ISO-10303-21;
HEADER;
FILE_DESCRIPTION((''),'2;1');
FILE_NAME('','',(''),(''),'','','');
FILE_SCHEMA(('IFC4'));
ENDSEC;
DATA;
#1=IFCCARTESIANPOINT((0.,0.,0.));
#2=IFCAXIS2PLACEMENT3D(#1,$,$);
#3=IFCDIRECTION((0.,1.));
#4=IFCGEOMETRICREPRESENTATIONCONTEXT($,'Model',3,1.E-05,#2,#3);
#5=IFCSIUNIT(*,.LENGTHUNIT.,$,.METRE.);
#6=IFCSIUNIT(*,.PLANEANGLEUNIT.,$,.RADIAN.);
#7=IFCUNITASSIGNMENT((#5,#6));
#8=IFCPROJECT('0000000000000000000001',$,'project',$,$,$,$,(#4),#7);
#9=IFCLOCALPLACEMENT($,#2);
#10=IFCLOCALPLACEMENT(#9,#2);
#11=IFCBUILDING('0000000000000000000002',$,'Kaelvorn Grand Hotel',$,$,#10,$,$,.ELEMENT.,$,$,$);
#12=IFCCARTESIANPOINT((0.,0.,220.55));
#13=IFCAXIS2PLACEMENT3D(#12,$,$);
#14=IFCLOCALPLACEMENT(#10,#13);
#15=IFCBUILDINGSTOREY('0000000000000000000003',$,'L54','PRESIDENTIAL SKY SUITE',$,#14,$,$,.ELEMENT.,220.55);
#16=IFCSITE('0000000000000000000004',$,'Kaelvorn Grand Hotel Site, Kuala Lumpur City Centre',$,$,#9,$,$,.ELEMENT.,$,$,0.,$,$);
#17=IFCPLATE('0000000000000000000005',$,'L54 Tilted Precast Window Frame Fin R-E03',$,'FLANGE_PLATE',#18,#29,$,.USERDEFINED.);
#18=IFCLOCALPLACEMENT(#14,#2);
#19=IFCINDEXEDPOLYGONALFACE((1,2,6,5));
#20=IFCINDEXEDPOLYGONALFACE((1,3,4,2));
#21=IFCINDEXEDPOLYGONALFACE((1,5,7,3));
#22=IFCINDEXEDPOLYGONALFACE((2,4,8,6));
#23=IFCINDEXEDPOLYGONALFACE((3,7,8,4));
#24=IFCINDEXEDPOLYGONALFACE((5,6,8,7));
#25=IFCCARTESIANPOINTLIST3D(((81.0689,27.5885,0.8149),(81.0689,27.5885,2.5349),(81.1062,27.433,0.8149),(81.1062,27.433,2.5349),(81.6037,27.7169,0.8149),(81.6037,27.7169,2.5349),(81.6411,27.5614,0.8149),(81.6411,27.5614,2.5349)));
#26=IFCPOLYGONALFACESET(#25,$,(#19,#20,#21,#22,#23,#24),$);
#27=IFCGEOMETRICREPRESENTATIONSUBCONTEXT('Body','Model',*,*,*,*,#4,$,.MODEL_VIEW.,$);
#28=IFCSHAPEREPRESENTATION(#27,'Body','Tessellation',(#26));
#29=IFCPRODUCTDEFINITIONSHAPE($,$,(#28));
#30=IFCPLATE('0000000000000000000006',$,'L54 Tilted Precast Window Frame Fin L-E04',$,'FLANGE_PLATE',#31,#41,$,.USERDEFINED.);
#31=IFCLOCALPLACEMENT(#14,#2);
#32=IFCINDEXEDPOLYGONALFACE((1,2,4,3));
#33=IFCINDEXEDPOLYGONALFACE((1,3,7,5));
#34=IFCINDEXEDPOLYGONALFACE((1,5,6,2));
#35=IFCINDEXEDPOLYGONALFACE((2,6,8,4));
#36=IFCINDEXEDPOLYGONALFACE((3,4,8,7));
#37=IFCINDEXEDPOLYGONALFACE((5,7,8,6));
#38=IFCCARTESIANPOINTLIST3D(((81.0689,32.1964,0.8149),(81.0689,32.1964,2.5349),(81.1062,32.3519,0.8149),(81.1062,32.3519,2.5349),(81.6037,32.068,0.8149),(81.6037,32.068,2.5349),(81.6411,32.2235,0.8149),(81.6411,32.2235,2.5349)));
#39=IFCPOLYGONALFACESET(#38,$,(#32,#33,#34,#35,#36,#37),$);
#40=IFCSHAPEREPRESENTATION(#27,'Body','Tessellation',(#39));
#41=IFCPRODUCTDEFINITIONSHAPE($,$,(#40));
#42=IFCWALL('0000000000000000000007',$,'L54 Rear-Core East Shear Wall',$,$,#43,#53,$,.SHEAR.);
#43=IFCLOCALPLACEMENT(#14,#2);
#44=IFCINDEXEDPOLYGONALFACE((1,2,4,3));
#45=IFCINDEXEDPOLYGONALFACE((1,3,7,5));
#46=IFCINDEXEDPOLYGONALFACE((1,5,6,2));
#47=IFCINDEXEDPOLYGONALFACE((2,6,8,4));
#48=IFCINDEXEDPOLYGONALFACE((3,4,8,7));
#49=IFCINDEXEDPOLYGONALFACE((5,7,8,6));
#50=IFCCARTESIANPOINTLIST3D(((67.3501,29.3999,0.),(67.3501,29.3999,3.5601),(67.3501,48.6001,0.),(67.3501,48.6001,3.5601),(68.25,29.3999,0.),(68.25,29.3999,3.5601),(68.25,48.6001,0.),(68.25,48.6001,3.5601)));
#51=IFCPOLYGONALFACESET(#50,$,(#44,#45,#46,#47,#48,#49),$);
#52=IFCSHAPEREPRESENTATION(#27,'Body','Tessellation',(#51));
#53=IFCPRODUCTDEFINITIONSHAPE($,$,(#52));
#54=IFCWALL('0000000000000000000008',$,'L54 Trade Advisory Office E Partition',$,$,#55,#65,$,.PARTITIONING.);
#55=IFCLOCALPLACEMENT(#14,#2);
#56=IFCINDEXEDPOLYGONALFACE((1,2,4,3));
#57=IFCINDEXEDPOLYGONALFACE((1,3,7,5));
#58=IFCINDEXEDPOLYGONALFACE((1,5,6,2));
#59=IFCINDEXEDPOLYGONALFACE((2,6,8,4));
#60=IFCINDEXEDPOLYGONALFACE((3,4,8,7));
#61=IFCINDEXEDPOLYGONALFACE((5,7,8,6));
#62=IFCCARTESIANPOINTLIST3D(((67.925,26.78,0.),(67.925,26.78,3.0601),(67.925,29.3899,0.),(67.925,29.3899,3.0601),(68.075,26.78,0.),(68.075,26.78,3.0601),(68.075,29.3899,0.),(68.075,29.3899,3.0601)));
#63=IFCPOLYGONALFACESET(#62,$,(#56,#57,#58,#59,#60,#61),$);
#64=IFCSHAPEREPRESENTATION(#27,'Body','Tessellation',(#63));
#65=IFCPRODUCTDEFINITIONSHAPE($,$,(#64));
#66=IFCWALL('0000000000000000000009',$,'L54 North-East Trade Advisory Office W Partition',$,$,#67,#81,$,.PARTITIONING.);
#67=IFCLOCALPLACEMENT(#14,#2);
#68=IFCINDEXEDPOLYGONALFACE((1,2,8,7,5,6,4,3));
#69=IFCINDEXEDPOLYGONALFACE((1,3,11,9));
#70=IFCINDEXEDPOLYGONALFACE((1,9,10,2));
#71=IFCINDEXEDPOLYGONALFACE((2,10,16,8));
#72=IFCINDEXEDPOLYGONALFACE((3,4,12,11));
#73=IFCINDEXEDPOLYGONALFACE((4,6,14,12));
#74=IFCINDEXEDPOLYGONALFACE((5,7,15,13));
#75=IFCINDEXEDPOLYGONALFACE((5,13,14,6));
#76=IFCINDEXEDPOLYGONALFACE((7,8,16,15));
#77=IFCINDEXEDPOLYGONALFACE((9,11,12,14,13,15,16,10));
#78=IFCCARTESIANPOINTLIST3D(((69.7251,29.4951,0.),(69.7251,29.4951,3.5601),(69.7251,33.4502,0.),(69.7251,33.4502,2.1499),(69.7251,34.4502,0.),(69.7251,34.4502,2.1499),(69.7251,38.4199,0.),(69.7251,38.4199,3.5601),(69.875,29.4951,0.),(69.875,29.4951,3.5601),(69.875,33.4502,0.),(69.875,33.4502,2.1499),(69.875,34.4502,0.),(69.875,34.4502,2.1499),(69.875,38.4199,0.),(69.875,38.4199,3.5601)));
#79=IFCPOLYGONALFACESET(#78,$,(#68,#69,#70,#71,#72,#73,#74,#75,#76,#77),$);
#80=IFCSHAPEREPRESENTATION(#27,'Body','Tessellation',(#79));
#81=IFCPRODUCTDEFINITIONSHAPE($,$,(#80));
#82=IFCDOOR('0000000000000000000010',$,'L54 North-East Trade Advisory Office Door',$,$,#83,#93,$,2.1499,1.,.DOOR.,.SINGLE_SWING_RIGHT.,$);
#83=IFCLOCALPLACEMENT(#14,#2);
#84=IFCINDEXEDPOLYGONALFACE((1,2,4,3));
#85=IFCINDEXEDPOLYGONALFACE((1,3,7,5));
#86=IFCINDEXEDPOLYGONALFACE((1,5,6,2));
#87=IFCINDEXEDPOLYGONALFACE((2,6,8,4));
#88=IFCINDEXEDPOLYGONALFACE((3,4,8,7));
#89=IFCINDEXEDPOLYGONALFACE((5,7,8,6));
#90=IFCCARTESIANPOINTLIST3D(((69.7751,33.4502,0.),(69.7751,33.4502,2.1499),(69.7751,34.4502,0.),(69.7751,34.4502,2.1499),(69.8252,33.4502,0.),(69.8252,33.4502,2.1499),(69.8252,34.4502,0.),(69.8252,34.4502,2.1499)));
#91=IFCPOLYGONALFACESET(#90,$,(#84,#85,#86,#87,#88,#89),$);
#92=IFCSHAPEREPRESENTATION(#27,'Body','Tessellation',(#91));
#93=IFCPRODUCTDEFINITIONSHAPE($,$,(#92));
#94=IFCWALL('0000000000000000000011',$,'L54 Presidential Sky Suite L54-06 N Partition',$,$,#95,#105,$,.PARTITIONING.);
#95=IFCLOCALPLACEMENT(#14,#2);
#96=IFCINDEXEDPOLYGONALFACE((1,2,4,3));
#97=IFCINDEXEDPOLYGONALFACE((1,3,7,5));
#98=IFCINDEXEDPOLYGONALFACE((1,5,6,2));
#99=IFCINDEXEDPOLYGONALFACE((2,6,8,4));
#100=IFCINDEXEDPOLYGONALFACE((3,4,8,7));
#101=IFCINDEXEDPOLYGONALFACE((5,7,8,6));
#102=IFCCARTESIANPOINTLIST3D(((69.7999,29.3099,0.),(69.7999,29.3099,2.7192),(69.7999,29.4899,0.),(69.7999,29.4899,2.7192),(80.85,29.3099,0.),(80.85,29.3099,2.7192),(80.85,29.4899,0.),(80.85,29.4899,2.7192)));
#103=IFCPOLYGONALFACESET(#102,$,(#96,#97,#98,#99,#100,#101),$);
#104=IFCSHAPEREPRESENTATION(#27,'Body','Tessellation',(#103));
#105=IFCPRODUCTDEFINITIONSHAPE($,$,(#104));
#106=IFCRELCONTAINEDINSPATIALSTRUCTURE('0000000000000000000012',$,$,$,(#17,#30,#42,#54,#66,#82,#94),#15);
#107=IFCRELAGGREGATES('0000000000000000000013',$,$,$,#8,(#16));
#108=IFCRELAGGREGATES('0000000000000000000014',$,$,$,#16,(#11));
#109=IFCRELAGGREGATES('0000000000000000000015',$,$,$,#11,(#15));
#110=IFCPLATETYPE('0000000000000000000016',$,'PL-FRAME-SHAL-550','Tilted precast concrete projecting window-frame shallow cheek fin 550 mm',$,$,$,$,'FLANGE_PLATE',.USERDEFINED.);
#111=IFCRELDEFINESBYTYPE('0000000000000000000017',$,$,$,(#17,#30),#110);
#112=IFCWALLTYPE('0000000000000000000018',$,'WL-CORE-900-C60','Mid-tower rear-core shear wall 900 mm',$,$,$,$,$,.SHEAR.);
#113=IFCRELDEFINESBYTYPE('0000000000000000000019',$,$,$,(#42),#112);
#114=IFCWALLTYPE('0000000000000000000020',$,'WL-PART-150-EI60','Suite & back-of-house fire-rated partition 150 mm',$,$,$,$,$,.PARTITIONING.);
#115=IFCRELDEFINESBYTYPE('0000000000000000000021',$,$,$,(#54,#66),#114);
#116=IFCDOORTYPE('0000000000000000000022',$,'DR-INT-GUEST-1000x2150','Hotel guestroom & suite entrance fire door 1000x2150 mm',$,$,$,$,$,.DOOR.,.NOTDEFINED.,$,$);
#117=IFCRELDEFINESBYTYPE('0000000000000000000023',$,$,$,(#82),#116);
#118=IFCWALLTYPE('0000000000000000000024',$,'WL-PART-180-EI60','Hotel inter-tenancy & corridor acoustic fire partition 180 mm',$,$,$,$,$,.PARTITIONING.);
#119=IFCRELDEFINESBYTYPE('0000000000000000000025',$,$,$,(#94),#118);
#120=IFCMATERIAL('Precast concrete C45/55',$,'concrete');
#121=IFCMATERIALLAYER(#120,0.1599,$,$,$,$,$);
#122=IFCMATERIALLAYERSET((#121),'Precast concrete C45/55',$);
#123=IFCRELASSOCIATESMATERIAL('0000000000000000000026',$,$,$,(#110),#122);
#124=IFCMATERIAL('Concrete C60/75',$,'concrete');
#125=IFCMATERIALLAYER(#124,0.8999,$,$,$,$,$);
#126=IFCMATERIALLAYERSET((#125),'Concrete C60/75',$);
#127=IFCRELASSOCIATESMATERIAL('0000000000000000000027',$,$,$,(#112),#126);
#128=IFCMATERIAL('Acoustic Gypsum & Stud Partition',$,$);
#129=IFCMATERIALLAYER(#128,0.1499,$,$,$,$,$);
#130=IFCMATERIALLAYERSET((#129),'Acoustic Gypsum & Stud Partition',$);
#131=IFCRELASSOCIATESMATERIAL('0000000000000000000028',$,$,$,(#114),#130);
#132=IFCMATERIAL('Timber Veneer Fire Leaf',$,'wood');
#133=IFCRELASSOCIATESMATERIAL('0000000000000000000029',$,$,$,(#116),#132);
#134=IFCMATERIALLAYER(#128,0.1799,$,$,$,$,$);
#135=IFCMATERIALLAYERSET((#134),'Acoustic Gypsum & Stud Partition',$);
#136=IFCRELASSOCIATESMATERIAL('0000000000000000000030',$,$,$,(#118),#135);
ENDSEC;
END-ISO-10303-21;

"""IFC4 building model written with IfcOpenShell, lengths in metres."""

from ifc_helpers import new_model, si_unit, direction, frame, frame_2d, origin, origin_2d, place, context, subcontext, project, spatial, rectangle, extrude, material, layer, layer_set, type_object, element, fill, save


model = new_model("IFC4")

# Units and contexts
model_context = context("Model", 3, precision=1e-05, world=origin(), true_north=direction((0.0, 1.0)))
body_context = subcontext(model_context, "Body", "Model", "MODEL_VIEW")
ifc_project = project(units=[si_unit("LENGTHUNIT", "METRE"), si_unit("PLANEANGLEUNIT", "RADIAN")], contexts=[model_context])

# Site, building, storey
site_placement = place(None, origin())
site = spatial("IfcSite", under=ifc_project, at=site_placement, Name="Kaelvorn Grand Hotel Site, Kuala Lumpur City Centre", CompositionType="ELEMENT", RefElevation=0.0)
building_placement = place(site_placement, origin())
building = spatial("IfcBuilding", under=site, at=building_placement, Name="Kaelvorn Grand Hotel", CompositionType="ELEMENT")
storey_placement = place(building_placement, frame((0.0, 0.0, 220.55)))
storey = spatial("IfcBuildingStorey", under=building, at=storey_placement, Name="L54", Description="PRESIDENTIAL SKY SUITE", CompositionType="ELEMENT", Elevation=220.55)

# Shared definitions
ifc_material_1 = material(Name="Concrete C60/75", Category="concrete")

# Plates
ifc_material_2 = material(Name="Precast concrete C45/55", Category="concrete")
ifc_layer_1 = layer(ifc_material_2, 0.1599)
ifc_layer_set_1 = layer_set([ifc_layer_1], Name="Precast concrete C45/55")
plate_type_1 = type_object("IfcPlateType", Name="PL-FRAME-SHAL-550", Description="Tilted precast concrete projecting window-frame shallow cheek fin 550 mm", ElementType="FLANGE_PLATE", PredefinedType="USERDEFINED", material=ifc_layer_set_1)
for number, where, z_axis, x_axis, name in (
    (1, (81.355, 27.575, 0.8149), (0.0, 0.0, 1.0), (-0.233445, 0.97237, 0.0), "L54 Tilted Precast Window Frame Fin R-E03"),
    (2, (81.355, 32.21, 0.8149), (0.0, 0.0, 1.0), (0.233445, 0.97237, 0.0), "L54 Tilted Precast Window Frame Fin L-E04"),
):
    element("IfcPlate", number, at=place(storey_placement, frame(where, z_axis=z_axis, x_axis=x_axis)), inside=storey, type_object=plate_type_1, Name=name, ObjectType="FLANGE_PLATE", PredefinedType="USERDEFINED", context=body_context, shape_type="SweptSolid", body=[
        extrude(rectangle(XDim=0.1599, YDim=0.55, at=origin_2d()), origin(), (0.0, 0.0, 1.0), 1.72),
    ])

# Walls
ifc_layer_2 = layer(ifc_material_1, 0.8999)
ifc_layer_set_2 = layer_set([ifc_layer_2], Name="Concrete C60/75")
wall_type_1 = type_object("IfcWallType", Name="WL-CORE-900-C60", Description="Mid-tower rear-core shear wall 900 mm", PredefinedType="SHEAR", material=ifc_layer_set_2)
wall_1_placement = place(storey_placement, frame((67.8, 29.3999, 0.0), z_axis=(0.0, 0.0, 1.0), x_axis=(0.0, 1.0, 0.0)))
element("IfcWall", 3, at=wall_1_placement, inside=storey, type_object=wall_type_1, Name="L54 Rear-Core East Shear Wall", PredefinedType="SHEAR", context=body_context, shape_type="SweptSolid", body=[
    extrude(rectangle(XDim=19.2002, YDim=0.8999, at=frame_2d((9.6001, 0.0))), origin(), (0.0, 0.0, 1.0), 3.5601),
])
ifc_material_3 = material(Name="Acoustic Gypsum & Stud Partition")
ifc_layer_3 = layer(ifc_material_3, 0.1499)
ifc_layer_set_3 = layer_set([ifc_layer_3], Name="Acoustic Gypsum & Stud Partition")
wall_type_2 = type_object("IfcWallType", Name="WL-PART-150-EI60", Description="Suite & back-of-house fire-rated partition 150 mm", PredefinedType="PARTITIONING", material=ifc_layer_set_3)
wall_2_placement = place(storey_placement, frame((68.0, 26.78, 0.0), z_axis=(0.0, 0.0, 1.0), x_axis=(0.0, 1.0, 0.0)))
element("IfcWall", 4, at=wall_2_placement, inside=storey, type_object=wall_type_2, Name="L54 Trade Advisory Office E Partition", PredefinedType="PARTITIONING", context=body_context, shape_type="SweptSolid", body=[
    extrude(rectangle(XDim=2.6099, YDim=0.1499, at=frame_2d((1.3049, 0.0))), origin(), (0.0, 0.0, 1.0), 3.0601),
])

# Wall, opening, door
wall_3_placement = place(storey_placement, frame((69.8, 29.4951, 0.0), z_axis=(0.0, 0.0, 1.0), x_axis=(0.0, 1.0, 0.0)))
wall_3 = element("IfcWall", 5, at=wall_3_placement, inside=storey, type_object=wall_type_2, Name="L54 North-East Trade Advisory Office W Partition", PredefinedType="PARTITIONING", context=body_context, shape_type="SweptSolid", body=[
    extrude(rectangle(XDim=8.9248, YDim=0.1499, at=frame_2d((4.4624, 0.0))), origin(), (0.0, 0.0, 1.0), 3.5601),
])
opening_1_placement = place(wall_3_placement, frame((3.9551, 0.0, 0.0)))
opening_1 = element("IfcOpeningElement", 6, at=opening_1_placement, cuts=wall_3, PredefinedType="OPENING", context=body_context, shape_type="SweptSolid", body=[
    extrude(rectangle(XDim=1.0, YDim=2.1499, at=frame_2d((0.5, 1.075))), frame((0.0, 0.085, 0.0), z_axis=(0.0, -1.0, 0.0), x_axis=(1.0, 0.0, 0.0)), (0.0, 0.0, 1.0), 0.1699),
])
ifc_material_4 = material(Name="Timber Veneer Fire Leaf", Category="wood")
door_type = type_object("IfcDoorType", Name="DR-INT-GUEST-1000x2150", Description="Hotel guestroom & suite entrance fire door 1000x2150 mm", OperationType="NOTDEFINED", PredefinedType="DOOR", material=ifc_material_4)
door_1_placement = place(opening_1_placement, origin())
door_1 = element("IfcDoor", 7, at=door_1_placement, inside=storey, type_object=door_type, Name="L54 North-East Trade Advisory Office Door", OperationType="SINGLE_SWING_RIGHT", OverallHeight=2.1499, OverallWidth=1.0, PredefinedType="DOOR", context=body_context, shape_type="SweptSolid", body=[
    extrude(rectangle(XDim=1.0, YDim=2.1499, at=frame_2d((0.5, 1.075))), frame((0.0, 0.0249, 0.0), z_axis=(0.0, -1.0, 0.0), x_axis=(1.0, 0.0, 0.0)), (0.0, 0.0, 1.0), 0.05),
])
fill(opening_1, door_1)

# Wall
ifc_layer_4 = layer(ifc_material_3, 0.1799)
ifc_layer_set_4 = layer_set([ifc_layer_4], Name="Acoustic Gypsum & Stud Partition")
wall_type_3 = type_object("IfcWallType", Name="WL-PART-180-EI60", Description="Hotel inter-tenancy & corridor acoustic fire partition 180 mm", PredefinedType="PARTITIONING", material=ifc_layer_set_4)
wall_4_placement = place(storey_placement, frame((69.8, 29.3999, 0.0), z_axis=(0.0, 0.0, 1.0), x_axis=(1.0, 0.0, 0.0)))
element("IfcWall", 8, at=wall_4_placement, inside=storey, type_object=wall_type_3, Name="L54 Presidential Sky Suite L54-06 N Partition", PredefinedType="PARTITIONING", context=body_context, shape_type="SweptSolid", body=[
    extrude(rectangle(XDim=11.05, YDim=0.1799, at=frame_2d((5.5249, 0.0))), origin(), (0.0, 0.0, 1.0), 2.7192),
])

save(model, "model.ifc")
